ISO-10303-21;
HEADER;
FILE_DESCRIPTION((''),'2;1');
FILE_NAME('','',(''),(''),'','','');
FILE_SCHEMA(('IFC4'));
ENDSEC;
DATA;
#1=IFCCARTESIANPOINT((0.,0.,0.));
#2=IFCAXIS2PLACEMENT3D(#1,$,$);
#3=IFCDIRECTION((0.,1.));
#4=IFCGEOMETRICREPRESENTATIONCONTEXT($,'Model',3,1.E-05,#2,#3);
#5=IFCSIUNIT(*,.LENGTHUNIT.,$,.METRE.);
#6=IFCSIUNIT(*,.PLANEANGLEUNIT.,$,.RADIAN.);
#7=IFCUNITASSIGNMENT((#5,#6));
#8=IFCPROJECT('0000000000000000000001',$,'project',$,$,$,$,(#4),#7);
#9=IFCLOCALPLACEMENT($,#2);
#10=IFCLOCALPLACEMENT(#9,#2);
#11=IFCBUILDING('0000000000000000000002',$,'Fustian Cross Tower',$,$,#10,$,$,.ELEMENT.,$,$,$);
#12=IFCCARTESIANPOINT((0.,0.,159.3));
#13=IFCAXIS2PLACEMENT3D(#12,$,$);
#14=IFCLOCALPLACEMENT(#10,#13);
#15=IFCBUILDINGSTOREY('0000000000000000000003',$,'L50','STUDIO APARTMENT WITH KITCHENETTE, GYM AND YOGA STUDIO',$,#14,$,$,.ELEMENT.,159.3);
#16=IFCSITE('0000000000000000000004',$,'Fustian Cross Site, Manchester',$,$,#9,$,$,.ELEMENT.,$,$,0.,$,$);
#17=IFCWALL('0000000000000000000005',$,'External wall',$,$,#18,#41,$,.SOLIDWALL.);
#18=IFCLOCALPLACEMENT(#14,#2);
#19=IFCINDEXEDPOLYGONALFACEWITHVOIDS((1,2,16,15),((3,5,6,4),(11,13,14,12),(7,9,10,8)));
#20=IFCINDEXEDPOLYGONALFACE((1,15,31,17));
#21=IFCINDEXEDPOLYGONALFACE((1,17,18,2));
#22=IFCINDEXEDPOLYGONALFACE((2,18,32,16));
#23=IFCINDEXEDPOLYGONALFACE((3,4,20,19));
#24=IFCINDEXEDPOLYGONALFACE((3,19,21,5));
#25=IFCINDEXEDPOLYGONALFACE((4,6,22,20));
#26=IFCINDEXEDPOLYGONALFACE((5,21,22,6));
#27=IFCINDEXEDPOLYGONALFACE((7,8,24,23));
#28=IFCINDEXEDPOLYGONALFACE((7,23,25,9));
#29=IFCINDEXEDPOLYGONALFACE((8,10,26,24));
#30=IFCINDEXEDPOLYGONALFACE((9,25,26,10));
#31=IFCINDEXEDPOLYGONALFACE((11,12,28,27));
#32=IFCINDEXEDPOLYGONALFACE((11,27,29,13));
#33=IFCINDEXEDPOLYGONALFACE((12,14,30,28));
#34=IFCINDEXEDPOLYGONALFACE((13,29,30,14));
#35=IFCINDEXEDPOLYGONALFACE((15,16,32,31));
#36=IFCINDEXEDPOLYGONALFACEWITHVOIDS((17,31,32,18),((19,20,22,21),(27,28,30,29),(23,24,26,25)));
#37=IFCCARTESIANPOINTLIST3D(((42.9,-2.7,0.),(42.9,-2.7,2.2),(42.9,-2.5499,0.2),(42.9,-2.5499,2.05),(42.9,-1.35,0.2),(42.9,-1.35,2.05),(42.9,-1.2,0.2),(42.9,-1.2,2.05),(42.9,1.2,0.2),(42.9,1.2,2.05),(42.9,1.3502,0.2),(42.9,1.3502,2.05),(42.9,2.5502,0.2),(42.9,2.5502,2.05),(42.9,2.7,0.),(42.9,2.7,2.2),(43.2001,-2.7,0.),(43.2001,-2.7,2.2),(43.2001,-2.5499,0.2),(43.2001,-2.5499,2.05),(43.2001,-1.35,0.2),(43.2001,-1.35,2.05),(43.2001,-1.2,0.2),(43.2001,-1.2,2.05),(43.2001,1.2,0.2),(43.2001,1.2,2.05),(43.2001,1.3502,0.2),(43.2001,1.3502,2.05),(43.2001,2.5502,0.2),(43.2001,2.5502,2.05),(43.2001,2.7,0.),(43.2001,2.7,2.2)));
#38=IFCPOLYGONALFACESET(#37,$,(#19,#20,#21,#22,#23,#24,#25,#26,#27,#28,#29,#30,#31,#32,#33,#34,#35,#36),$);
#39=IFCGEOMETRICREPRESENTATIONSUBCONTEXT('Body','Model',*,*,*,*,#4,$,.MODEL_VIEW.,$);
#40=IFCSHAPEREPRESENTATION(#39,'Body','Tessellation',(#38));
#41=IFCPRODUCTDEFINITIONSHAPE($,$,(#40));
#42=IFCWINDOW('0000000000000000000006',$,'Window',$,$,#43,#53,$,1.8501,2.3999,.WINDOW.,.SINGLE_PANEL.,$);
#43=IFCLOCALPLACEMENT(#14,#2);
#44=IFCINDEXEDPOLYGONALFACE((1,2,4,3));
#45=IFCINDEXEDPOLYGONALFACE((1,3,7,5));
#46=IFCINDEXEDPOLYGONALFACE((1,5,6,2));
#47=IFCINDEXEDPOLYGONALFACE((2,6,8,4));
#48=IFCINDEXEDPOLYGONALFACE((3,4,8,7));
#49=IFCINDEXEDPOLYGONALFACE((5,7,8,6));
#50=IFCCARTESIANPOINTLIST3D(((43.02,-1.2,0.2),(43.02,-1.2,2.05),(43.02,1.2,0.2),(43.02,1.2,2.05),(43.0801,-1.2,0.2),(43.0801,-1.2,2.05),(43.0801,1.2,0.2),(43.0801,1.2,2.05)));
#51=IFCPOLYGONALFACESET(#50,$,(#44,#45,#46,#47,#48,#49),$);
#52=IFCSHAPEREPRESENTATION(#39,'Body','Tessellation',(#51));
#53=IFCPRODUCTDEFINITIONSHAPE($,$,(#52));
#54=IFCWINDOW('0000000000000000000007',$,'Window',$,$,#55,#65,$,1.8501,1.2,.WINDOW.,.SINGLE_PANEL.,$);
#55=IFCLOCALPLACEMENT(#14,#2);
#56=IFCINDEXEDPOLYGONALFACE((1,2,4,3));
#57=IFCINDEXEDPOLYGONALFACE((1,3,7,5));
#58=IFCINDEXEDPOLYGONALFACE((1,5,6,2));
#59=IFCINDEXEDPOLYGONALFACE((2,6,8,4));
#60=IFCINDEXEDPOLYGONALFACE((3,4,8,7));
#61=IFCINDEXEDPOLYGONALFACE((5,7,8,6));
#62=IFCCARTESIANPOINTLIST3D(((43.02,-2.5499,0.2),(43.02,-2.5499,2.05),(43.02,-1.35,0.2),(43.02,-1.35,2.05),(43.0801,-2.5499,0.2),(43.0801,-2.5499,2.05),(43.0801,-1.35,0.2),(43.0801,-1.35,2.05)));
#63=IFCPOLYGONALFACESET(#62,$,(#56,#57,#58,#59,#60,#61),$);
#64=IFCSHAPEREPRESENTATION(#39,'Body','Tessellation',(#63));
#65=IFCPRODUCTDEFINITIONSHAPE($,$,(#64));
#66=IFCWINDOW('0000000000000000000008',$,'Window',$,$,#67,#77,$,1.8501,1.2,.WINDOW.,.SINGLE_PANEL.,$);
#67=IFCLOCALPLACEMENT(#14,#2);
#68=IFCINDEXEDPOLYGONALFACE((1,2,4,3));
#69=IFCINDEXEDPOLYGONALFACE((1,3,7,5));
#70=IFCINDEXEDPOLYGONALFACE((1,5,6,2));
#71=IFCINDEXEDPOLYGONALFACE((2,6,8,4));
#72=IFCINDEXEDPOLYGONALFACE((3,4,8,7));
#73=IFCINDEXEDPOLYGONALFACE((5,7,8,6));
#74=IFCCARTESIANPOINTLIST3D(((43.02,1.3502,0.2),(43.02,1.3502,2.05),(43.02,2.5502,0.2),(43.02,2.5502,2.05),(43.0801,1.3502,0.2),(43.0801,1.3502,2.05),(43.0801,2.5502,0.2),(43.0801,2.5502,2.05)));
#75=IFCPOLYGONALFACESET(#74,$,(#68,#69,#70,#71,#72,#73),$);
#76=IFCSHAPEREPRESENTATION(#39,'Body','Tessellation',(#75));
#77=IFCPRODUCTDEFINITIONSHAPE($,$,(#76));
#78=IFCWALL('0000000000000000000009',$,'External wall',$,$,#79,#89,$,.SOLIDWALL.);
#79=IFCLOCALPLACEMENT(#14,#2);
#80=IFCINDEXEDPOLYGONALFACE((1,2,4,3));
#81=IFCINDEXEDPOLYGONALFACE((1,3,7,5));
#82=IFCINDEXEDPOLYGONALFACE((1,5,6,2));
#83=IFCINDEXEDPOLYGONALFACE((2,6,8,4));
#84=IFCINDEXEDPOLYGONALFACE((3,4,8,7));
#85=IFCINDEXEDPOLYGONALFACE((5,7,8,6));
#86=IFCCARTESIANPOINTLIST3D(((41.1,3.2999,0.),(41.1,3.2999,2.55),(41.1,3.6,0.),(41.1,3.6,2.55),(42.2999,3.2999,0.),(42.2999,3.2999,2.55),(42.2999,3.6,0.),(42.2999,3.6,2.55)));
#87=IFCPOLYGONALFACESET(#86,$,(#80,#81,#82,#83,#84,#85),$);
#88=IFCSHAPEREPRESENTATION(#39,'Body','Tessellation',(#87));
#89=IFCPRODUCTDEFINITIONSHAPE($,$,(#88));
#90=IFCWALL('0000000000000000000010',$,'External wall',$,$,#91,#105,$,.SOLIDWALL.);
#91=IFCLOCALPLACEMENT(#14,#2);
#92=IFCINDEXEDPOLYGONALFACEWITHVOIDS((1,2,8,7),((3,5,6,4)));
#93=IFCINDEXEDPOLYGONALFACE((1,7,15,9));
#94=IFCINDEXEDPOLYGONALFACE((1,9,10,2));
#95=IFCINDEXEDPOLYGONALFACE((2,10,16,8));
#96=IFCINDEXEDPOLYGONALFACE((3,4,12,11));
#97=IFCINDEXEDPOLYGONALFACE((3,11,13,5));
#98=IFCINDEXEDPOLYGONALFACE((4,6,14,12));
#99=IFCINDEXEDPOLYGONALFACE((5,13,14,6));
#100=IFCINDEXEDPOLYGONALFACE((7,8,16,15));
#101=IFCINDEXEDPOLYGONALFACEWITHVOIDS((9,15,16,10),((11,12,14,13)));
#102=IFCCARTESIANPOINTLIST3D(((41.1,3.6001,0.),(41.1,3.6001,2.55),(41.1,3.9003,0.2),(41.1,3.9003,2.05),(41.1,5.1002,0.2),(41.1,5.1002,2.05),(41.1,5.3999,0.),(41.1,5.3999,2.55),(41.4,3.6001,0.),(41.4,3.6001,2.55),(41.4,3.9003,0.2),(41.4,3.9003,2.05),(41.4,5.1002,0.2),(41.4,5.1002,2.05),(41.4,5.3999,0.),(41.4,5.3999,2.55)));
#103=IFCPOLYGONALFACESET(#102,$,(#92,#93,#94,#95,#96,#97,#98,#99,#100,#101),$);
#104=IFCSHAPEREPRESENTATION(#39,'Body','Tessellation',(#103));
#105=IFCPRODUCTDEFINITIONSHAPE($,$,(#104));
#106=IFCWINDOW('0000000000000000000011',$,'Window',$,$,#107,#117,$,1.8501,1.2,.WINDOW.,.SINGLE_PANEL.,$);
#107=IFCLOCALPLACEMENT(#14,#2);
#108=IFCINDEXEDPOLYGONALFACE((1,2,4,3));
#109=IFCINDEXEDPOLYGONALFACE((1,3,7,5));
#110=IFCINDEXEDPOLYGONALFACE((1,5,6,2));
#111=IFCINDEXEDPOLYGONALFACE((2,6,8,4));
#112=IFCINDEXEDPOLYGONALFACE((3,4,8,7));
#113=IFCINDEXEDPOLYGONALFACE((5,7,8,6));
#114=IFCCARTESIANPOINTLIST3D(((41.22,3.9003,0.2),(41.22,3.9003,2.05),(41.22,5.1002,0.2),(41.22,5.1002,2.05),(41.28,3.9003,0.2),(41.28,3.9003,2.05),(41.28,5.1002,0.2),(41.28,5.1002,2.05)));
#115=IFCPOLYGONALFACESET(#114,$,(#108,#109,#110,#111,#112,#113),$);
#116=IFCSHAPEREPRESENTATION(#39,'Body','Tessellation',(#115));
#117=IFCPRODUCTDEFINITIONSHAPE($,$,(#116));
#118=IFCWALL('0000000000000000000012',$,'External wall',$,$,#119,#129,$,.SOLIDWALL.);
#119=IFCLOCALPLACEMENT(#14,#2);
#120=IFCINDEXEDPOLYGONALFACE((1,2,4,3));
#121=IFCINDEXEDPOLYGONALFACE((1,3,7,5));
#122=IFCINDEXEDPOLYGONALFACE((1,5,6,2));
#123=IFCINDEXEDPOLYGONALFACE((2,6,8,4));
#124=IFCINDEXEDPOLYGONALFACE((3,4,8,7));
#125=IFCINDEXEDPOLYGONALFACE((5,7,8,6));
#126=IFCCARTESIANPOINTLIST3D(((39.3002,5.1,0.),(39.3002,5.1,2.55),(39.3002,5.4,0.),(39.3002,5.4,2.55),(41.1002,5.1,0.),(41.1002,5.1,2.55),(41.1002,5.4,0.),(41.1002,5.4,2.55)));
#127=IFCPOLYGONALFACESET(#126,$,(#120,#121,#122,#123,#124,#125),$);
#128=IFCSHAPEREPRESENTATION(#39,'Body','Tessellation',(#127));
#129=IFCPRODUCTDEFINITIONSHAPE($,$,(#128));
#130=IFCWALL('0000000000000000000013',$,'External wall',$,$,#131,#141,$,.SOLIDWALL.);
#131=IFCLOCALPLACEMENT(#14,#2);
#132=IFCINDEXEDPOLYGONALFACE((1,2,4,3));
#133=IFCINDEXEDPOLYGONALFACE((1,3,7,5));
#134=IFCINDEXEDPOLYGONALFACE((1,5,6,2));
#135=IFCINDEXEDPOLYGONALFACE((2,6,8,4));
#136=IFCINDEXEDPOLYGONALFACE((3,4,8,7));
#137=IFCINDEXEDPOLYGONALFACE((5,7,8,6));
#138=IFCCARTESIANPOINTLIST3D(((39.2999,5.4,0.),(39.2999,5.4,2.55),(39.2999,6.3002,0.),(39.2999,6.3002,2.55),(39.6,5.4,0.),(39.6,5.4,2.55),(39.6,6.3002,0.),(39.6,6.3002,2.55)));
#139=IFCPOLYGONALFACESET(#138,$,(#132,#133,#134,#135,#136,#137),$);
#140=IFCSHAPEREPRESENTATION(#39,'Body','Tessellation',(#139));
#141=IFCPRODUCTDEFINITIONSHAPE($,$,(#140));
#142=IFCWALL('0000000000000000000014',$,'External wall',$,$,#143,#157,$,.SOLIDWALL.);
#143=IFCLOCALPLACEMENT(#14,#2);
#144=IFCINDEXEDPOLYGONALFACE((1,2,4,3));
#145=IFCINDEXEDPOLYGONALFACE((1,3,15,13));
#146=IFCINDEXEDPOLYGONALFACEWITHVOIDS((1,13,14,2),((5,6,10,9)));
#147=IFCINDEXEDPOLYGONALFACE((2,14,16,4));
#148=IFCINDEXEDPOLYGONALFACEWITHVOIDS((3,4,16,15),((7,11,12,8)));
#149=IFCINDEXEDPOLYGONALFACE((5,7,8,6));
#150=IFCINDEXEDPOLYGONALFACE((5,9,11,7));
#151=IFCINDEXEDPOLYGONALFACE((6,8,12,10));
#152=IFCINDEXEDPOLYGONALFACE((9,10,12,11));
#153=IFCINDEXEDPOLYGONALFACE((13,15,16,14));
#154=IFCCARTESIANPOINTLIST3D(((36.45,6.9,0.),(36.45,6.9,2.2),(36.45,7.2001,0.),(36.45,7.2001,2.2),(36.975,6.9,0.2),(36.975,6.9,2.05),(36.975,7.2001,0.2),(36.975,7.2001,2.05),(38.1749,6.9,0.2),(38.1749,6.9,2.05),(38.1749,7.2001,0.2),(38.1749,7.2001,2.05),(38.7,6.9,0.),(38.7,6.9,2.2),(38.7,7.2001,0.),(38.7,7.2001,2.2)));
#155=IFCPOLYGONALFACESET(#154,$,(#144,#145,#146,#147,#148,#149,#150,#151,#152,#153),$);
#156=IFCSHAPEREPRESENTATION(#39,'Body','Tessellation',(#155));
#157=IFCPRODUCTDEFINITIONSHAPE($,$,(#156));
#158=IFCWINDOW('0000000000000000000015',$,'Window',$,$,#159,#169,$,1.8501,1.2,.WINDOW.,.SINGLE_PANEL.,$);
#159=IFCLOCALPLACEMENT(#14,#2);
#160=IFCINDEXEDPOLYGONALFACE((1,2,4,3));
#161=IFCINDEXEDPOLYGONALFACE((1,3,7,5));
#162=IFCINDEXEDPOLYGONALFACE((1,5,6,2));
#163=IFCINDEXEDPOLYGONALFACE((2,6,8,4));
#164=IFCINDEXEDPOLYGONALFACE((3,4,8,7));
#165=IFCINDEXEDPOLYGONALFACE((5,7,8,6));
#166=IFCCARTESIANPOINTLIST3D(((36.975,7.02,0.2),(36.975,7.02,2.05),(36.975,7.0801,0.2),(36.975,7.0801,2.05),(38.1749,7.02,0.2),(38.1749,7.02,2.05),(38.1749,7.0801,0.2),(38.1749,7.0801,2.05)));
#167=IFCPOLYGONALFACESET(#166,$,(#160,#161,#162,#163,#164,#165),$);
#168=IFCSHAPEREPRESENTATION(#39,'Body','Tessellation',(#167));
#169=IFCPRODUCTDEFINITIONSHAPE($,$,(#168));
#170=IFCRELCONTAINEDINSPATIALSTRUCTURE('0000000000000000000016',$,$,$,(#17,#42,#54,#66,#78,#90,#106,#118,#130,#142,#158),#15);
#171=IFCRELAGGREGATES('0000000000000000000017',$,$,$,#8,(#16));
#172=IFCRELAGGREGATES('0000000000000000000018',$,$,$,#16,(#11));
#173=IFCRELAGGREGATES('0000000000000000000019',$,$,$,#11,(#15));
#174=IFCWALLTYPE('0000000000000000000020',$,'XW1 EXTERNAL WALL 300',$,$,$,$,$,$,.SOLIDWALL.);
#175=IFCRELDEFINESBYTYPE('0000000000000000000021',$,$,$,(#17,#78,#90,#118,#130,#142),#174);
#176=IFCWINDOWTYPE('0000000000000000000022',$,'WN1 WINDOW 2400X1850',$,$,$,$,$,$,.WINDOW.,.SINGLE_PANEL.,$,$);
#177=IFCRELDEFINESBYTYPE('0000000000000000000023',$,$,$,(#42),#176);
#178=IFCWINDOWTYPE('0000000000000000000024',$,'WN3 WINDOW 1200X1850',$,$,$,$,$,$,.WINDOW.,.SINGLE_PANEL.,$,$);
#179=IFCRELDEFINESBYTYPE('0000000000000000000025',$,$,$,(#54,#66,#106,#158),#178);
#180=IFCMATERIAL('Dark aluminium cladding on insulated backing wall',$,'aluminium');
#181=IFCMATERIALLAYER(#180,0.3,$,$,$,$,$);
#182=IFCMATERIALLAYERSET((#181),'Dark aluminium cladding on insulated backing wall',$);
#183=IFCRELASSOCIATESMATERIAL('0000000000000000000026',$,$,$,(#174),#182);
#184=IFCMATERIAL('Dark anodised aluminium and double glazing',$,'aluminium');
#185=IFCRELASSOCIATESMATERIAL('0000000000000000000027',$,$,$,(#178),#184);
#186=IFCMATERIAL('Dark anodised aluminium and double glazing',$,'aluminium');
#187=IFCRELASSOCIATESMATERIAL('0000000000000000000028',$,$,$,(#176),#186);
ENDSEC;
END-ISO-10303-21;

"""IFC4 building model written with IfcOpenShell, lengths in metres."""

from ifc_helpers import new_model, si_unit, direction, frame, frame_2d, origin, place, context, subcontext, project, spatial, rectangle, extrude, material, layer, layer_set, type_object, element, fill, save


model = new_model("IFC4")

# Units and contexts
model_context = context("Model", 3, precision=1e-05, world=origin(), true_north=direction((0.0, 1.0)))
body_context = subcontext(model_context, "Body", "Model", "MODEL_VIEW")
ifc_project = project(units=[si_unit("LENGTHUNIT", "METRE"), si_unit("PLANEANGLEUNIT", "RADIAN")], contexts=[model_context])

# Site, building, storey
site_placement = place(None, origin())
site = spatial("IfcSite", under=ifc_project, at=site_placement, Name="Fustian Cross Site, Manchester", CompositionType="ELEMENT", RefElevation=0.0)
building_placement = place(site_placement, origin())
building = spatial("IfcBuilding", under=site, at=building_placement, Name="Fustian Cross Tower", CompositionType="ELEMENT")
storey_placement = place(building_placement, frame((0.0, 0.0, 159.3)))
storey = spatial("IfcBuildingStorey", under=building, at=storey_placement, Name="L50", Description="STUDIO APARTMENT WITH KITCHENETTE, GYM AND YOGA STUDIO", CompositionType="ELEMENT", Elevation=159.3)

# Shared definitions
ifc_material_1 = material(Name="Dark aluminium cladding on insulated backing wall", Category="aluminium")
ifc_layer_1 = layer(ifc_material_1, 0.3)
ifc_layer_set_1 = layer_set([ifc_layer_1], Name="Dark aluminium cladding on insulated backing wall")
wall_type_1 = type_object("IfcWallType", Name="XW1 EXTERNAL WALL 300", PredefinedType="SOLIDWALL", material=ifc_layer_set_1)

# Shared definitions
ifc_material_2 = material(Name="Dark anodised aluminium and double glazing", Category="aluminium")
window_type_1 = type_object("IfcWindowType", Name="WN3 WINDOW 1200X1850", PartitioningType="SINGLE_PANEL", PredefinedType="WINDOW", material=ifc_material_2)

# Wall, openings, windows
wall_1_placement = place(storey_placement, frame((43.05, -2.7, 0.0), z_axis=(0.0, 0.0, 1.0), x_axis=(0.0, 1.0, 0.0)))
wall_1 = element("IfcWall", 1, at=wall_1_placement, inside=storey, type_object=wall_type_1, Name="External wall", PredefinedType="SOLIDWALL", context=body_context, shape_type="SweptSolid", body=[
    extrude(rectangle(XDim=5.3999, YDim=0.3, at=frame_2d((2.7, 0.0))), origin(), (0.0, 0.0, 1.0), 2.2),
])
opening_1_placement = place(wall_1_placement, frame((1.5, 0.0, 0.2)))
opening_1 = element("IfcOpeningElement", 2, at=opening_1_placement, cuts=wall_1, PredefinedType="OPENING", context=body_context, shape_type="SweptSolid", body=[
    extrude(rectangle(XDim=2.3999, YDim=1.8501, at=frame_2d((1.2, 0.925))), frame((0.0, 0.1599, 0.0), z_axis=(0.0, -1.0, 0.0), x_axis=(1.0, 0.0, 0.0)), (0.0, 0.0, 1.0), 0.3201),
])
opening_2_placement = place(wall_1_placement, frame((0.1499, 0.0, 0.2)))
opening_2 = element("IfcOpeningElement", 3, at=opening_2_placement, cuts=wall_1, PredefinedType="OPENING", context=body_context, shape_type="SweptSolid", body=[
    extrude(rectangle(XDim=1.2, YDim=1.8501, at=frame_2d((0.6001, 0.925))), frame((0.0, 0.1599, 0.0), z_axis=(0.0, -1.0, 0.0), x_axis=(1.0, 0.0, 0.0)), (0.0, 0.0, 1.0), 0.3201),
])
opening_3_placement = place(wall_1_placement, frame((4.05, 0.0, 0.2)))
opening_3 = element("IfcOpeningElement", 4, at=opening_3_placement, cuts=wall_1, PredefinedType="OPENING", context=body_context, shape_type="SweptSolid", body=[
    extrude(rectangle(XDim=1.2, YDim=1.8501, at=frame_2d((0.6001, 0.925))), frame((0.0, 0.1599, 0.0), z_axis=(0.0, -1.0, 0.0), x_axis=(1.0, 0.0, 0.0)), (0.0, 0.0, 1.0), 0.3201),
])
ifc_material_3 = material(Name="Dark anodised aluminium and double glazing", Category="aluminium")
window_type_2 = type_object("IfcWindowType", Name="WN1 WINDOW 2400X1850", PartitioningType="SINGLE_PANEL", PredefinedType="WINDOW", material=ifc_material_3)
window_1_placement = place(opening_1_placement, origin())
window_1 = element("IfcWindow", 5, at=window_1_placement, inside=storey, type_object=window_type_2, Name="Window", OverallHeight=1.8501, OverallWidth=2.3999, PartitioningType="SINGLE_PANEL", PredefinedType="WINDOW", context=body_context, shape_type="SweptSolid", body=[
    extrude(rectangle(XDim=2.3999, YDim=1.8501, at=frame_2d((1.2, 0.925))), frame((0.0, 0.03, 0.0), z_axis=(0.0, -1.0, 0.0), x_axis=(1.0, 0.0, 0.0)), (0.0, 0.0, 1.0), 0.0601),
])
fill(opening_1, window_1)
window_2_placement = place(opening_2_placement, origin())
window_2 = element("IfcWindow", 6, at=window_2_placement, inside=storey, type_object=window_type_1, Name="Window", OverallHeight=1.8501, OverallWidth=1.2, PartitioningType="SINGLE_PANEL", PredefinedType="WINDOW", context=body_context, shape_type="SweptSolid", body=[
    extrude(rectangle(XDim=1.2, YDim=1.8501, at=frame_2d((0.6001, 0.925))), frame((0.0, 0.03, 0.0), z_axis=(0.0, -1.0, 0.0), x_axis=(1.0, 0.0, 0.0)), (0.0, 0.0, 1.0), 0.0601),
])
fill(opening_2, window_2)
window_3_placement = place(opening_3_placement, origin())
window_3 = element("IfcWindow", 7, at=window_3_placement, inside=storey, type_object=window_type_1, Name="Window", OverallHeight=1.8501, OverallWidth=1.2, PartitioningType="SINGLE_PANEL", PredefinedType="WINDOW", context=body_context, shape_type="SweptSolid", body=[
    extrude(rectangle(XDim=1.2, YDim=1.8501, at=frame_2d((0.6001, 0.925))), frame((0.0, 0.03, 0.0), z_axis=(0.0, -1.0, 0.0), x_axis=(1.0, 0.0, 0.0)), (0.0, 0.0, 1.0), 0.0601),
])
fill(opening_3, window_3)

# Wall
wall_2_placement = place(storey_placement, frame((42.3, 3.45, 0.0), z_axis=(0.0, 0.0, 1.0), x_axis=(-1.0, 0.0, 0.0)))
element("IfcWall", 8, at=wall_2_placement, inside=storey, type_object=wall_type_1, Name="External wall", PredefinedType="SOLIDWALL", context=body_context, shape_type="SweptSolid", body=[
    extrude(rectangle(XDim=1.2, YDim=0.3, at=frame_2d((0.6001, 0.0))), origin(), (0.0, 0.0, 1.0), 2.55),
])

# Wall, opening, window
wall_3_placement = place(storey_placement, frame((41.25, 3.6001, 0.0), z_axis=(0.0, 0.0, 1.0), x_axis=(0.0, 1.0, 0.0)))
wall_3 = element("IfcWall", 9, at=wall_3_placement, inside=storey, type_object=wall_type_1, Name="External wall", PredefinedType="SOLIDWALL", context=body_context, shape_type="SweptSolid", body=[
    extrude(rectangle(XDim=1.7998, YDim=0.3, at=frame_2d((0.8999, 0.0))), origin(), (0.0, 0.0, 1.0), 2.55),
])
opening_4_placement = place(wall_3_placement, frame((0.3, 0.0, 0.2)))
opening_4 = element("IfcOpeningElement", 10, at=opening_4_placement, cuts=wall_3, PredefinedType="OPENING", context=body_context, shape_type="SweptSolid", body=[
    extrude(rectangle(XDim=1.2, YDim=1.8501, at=frame_2d((0.6001, 0.925))), frame((0.0, 0.1599, 0.0), z_axis=(0.0, -1.0, 0.0), x_axis=(1.0, 0.0, 0.0)), (0.0, 0.0, 1.0), 0.3201),
])
window_4_placement = place(opening_4_placement, origin())
window_4 = element("IfcWindow", 11, at=window_4_placement, inside=storey, type_object=window_type_1, Name="Window", OverallHeight=1.8501, OverallWidth=1.2, PartitioningType="SINGLE_PANEL", PredefinedType="WINDOW", context=body_context, shape_type="SweptSolid", body=[
    extrude(rectangle(XDim=1.2, YDim=1.8501, at=frame_2d((0.6001, 0.925))), frame((0.0, 0.03, 0.0), z_axis=(0.0, -1.0, 0.0), x_axis=(1.0, 0.0, 0.0)), (0.0, 0.0, 1.0), 0.0601),
])
fill(opening_4, window_4)

# Walls
wall_4_placement = place(storey_placement, frame((41.1001, 5.25, 0.0), z_axis=(0.0, 0.0, 1.0), x_axis=(-1.0, 0.0, 0.0)))
element("IfcWall", 12, at=wall_4_placement, inside=storey, type_object=wall_type_1, Name="External wall", PredefinedType="SOLIDWALL", context=body_context, shape_type="SweptSolid", body=[
    extrude(rectangle(XDim=1.8, YDim=0.3, at=frame_2d((0.8999, 0.0))), origin(), (0.0, 0.0, 1.0), 2.55),
])
wall_5_placement = place(storey_placement, frame((39.45, 5.3999, 0.0), z_axis=(0.0, 0.0, 1.0), x_axis=(0.0, 1.0, 0.0)))
element("IfcWall", 13, at=wall_5_placement, inside=storey, type_object=wall_type_1, Name="External wall", PredefinedType="SOLIDWALL", context=body_context, shape_type="SweptSolid", body=[
    extrude(rectangle(XDim=0.9001, YDim=0.3, at=frame_2d((0.4502, 0.0))), origin(), (0.0, 0.0, 1.0), 2.55),
])

# Wall, opening, window
wall_6_placement = place(storey_placement, frame((38.7, 7.05, 0.0), z_axis=(0.0, 0.0, 1.0), x_axis=(-1.0, 0.0, 0.0)))
wall_6 = element("IfcWall", 14, at=wall_6_placement, inside=storey, type_object=wall_type_1, Name="External wall", PredefinedType="SOLIDWALL", context=body_context, shape_type="SweptSolid", body=[
    extrude(rectangle(XDim=2.25, YDim=0.3, at=frame_2d((1.125, 0.0))), origin(), (0.0, 0.0, 1.0), 2.2),
])
opening_5_placement = place(wall_6_placement, frame((0.5249, 0.0, 0.2)))
opening_5 = element("IfcOpeningElement", 15, at=opening_5_placement, cuts=wall_6, PredefinedType="OPENING", context=body_context, shape_type="SweptSolid", body=[
    extrude(rectangle(XDim=1.2, YDim=1.8501, at=frame_2d((0.6001, 0.925))), frame((0.0, 0.1599, 0.0), z_axis=(0.0, -1.0, 0.0), x_axis=(1.0, 0.0, 0.0)), (0.0, 0.0, 1.0), 0.3201),
])
window_5_placement = place(opening_5_placement, origin())
window_5 = element("IfcWindow", 16, at=window_5_placement, inside=storey, type_object=window_type_1, Name="Window", OverallHeight=1.8501, OverallWidth=1.2, PartitioningType="SINGLE_PANEL", PredefinedType="WINDOW", context=body_context, shape_type="SweptSolid", body=[
    extrude(rectangle(XDim=1.2, YDim=1.8501, at=frame_2d((0.6001, 0.925))), frame((0.0, 0.03, 0.0), z_axis=(0.0, -1.0, 0.0), x_axis=(1.0, 0.0, 0.0)), (0.0, 0.0, 1.0), 0.0601),
])
fill(opening_5, window_5)

save(model, "model.ifc")
